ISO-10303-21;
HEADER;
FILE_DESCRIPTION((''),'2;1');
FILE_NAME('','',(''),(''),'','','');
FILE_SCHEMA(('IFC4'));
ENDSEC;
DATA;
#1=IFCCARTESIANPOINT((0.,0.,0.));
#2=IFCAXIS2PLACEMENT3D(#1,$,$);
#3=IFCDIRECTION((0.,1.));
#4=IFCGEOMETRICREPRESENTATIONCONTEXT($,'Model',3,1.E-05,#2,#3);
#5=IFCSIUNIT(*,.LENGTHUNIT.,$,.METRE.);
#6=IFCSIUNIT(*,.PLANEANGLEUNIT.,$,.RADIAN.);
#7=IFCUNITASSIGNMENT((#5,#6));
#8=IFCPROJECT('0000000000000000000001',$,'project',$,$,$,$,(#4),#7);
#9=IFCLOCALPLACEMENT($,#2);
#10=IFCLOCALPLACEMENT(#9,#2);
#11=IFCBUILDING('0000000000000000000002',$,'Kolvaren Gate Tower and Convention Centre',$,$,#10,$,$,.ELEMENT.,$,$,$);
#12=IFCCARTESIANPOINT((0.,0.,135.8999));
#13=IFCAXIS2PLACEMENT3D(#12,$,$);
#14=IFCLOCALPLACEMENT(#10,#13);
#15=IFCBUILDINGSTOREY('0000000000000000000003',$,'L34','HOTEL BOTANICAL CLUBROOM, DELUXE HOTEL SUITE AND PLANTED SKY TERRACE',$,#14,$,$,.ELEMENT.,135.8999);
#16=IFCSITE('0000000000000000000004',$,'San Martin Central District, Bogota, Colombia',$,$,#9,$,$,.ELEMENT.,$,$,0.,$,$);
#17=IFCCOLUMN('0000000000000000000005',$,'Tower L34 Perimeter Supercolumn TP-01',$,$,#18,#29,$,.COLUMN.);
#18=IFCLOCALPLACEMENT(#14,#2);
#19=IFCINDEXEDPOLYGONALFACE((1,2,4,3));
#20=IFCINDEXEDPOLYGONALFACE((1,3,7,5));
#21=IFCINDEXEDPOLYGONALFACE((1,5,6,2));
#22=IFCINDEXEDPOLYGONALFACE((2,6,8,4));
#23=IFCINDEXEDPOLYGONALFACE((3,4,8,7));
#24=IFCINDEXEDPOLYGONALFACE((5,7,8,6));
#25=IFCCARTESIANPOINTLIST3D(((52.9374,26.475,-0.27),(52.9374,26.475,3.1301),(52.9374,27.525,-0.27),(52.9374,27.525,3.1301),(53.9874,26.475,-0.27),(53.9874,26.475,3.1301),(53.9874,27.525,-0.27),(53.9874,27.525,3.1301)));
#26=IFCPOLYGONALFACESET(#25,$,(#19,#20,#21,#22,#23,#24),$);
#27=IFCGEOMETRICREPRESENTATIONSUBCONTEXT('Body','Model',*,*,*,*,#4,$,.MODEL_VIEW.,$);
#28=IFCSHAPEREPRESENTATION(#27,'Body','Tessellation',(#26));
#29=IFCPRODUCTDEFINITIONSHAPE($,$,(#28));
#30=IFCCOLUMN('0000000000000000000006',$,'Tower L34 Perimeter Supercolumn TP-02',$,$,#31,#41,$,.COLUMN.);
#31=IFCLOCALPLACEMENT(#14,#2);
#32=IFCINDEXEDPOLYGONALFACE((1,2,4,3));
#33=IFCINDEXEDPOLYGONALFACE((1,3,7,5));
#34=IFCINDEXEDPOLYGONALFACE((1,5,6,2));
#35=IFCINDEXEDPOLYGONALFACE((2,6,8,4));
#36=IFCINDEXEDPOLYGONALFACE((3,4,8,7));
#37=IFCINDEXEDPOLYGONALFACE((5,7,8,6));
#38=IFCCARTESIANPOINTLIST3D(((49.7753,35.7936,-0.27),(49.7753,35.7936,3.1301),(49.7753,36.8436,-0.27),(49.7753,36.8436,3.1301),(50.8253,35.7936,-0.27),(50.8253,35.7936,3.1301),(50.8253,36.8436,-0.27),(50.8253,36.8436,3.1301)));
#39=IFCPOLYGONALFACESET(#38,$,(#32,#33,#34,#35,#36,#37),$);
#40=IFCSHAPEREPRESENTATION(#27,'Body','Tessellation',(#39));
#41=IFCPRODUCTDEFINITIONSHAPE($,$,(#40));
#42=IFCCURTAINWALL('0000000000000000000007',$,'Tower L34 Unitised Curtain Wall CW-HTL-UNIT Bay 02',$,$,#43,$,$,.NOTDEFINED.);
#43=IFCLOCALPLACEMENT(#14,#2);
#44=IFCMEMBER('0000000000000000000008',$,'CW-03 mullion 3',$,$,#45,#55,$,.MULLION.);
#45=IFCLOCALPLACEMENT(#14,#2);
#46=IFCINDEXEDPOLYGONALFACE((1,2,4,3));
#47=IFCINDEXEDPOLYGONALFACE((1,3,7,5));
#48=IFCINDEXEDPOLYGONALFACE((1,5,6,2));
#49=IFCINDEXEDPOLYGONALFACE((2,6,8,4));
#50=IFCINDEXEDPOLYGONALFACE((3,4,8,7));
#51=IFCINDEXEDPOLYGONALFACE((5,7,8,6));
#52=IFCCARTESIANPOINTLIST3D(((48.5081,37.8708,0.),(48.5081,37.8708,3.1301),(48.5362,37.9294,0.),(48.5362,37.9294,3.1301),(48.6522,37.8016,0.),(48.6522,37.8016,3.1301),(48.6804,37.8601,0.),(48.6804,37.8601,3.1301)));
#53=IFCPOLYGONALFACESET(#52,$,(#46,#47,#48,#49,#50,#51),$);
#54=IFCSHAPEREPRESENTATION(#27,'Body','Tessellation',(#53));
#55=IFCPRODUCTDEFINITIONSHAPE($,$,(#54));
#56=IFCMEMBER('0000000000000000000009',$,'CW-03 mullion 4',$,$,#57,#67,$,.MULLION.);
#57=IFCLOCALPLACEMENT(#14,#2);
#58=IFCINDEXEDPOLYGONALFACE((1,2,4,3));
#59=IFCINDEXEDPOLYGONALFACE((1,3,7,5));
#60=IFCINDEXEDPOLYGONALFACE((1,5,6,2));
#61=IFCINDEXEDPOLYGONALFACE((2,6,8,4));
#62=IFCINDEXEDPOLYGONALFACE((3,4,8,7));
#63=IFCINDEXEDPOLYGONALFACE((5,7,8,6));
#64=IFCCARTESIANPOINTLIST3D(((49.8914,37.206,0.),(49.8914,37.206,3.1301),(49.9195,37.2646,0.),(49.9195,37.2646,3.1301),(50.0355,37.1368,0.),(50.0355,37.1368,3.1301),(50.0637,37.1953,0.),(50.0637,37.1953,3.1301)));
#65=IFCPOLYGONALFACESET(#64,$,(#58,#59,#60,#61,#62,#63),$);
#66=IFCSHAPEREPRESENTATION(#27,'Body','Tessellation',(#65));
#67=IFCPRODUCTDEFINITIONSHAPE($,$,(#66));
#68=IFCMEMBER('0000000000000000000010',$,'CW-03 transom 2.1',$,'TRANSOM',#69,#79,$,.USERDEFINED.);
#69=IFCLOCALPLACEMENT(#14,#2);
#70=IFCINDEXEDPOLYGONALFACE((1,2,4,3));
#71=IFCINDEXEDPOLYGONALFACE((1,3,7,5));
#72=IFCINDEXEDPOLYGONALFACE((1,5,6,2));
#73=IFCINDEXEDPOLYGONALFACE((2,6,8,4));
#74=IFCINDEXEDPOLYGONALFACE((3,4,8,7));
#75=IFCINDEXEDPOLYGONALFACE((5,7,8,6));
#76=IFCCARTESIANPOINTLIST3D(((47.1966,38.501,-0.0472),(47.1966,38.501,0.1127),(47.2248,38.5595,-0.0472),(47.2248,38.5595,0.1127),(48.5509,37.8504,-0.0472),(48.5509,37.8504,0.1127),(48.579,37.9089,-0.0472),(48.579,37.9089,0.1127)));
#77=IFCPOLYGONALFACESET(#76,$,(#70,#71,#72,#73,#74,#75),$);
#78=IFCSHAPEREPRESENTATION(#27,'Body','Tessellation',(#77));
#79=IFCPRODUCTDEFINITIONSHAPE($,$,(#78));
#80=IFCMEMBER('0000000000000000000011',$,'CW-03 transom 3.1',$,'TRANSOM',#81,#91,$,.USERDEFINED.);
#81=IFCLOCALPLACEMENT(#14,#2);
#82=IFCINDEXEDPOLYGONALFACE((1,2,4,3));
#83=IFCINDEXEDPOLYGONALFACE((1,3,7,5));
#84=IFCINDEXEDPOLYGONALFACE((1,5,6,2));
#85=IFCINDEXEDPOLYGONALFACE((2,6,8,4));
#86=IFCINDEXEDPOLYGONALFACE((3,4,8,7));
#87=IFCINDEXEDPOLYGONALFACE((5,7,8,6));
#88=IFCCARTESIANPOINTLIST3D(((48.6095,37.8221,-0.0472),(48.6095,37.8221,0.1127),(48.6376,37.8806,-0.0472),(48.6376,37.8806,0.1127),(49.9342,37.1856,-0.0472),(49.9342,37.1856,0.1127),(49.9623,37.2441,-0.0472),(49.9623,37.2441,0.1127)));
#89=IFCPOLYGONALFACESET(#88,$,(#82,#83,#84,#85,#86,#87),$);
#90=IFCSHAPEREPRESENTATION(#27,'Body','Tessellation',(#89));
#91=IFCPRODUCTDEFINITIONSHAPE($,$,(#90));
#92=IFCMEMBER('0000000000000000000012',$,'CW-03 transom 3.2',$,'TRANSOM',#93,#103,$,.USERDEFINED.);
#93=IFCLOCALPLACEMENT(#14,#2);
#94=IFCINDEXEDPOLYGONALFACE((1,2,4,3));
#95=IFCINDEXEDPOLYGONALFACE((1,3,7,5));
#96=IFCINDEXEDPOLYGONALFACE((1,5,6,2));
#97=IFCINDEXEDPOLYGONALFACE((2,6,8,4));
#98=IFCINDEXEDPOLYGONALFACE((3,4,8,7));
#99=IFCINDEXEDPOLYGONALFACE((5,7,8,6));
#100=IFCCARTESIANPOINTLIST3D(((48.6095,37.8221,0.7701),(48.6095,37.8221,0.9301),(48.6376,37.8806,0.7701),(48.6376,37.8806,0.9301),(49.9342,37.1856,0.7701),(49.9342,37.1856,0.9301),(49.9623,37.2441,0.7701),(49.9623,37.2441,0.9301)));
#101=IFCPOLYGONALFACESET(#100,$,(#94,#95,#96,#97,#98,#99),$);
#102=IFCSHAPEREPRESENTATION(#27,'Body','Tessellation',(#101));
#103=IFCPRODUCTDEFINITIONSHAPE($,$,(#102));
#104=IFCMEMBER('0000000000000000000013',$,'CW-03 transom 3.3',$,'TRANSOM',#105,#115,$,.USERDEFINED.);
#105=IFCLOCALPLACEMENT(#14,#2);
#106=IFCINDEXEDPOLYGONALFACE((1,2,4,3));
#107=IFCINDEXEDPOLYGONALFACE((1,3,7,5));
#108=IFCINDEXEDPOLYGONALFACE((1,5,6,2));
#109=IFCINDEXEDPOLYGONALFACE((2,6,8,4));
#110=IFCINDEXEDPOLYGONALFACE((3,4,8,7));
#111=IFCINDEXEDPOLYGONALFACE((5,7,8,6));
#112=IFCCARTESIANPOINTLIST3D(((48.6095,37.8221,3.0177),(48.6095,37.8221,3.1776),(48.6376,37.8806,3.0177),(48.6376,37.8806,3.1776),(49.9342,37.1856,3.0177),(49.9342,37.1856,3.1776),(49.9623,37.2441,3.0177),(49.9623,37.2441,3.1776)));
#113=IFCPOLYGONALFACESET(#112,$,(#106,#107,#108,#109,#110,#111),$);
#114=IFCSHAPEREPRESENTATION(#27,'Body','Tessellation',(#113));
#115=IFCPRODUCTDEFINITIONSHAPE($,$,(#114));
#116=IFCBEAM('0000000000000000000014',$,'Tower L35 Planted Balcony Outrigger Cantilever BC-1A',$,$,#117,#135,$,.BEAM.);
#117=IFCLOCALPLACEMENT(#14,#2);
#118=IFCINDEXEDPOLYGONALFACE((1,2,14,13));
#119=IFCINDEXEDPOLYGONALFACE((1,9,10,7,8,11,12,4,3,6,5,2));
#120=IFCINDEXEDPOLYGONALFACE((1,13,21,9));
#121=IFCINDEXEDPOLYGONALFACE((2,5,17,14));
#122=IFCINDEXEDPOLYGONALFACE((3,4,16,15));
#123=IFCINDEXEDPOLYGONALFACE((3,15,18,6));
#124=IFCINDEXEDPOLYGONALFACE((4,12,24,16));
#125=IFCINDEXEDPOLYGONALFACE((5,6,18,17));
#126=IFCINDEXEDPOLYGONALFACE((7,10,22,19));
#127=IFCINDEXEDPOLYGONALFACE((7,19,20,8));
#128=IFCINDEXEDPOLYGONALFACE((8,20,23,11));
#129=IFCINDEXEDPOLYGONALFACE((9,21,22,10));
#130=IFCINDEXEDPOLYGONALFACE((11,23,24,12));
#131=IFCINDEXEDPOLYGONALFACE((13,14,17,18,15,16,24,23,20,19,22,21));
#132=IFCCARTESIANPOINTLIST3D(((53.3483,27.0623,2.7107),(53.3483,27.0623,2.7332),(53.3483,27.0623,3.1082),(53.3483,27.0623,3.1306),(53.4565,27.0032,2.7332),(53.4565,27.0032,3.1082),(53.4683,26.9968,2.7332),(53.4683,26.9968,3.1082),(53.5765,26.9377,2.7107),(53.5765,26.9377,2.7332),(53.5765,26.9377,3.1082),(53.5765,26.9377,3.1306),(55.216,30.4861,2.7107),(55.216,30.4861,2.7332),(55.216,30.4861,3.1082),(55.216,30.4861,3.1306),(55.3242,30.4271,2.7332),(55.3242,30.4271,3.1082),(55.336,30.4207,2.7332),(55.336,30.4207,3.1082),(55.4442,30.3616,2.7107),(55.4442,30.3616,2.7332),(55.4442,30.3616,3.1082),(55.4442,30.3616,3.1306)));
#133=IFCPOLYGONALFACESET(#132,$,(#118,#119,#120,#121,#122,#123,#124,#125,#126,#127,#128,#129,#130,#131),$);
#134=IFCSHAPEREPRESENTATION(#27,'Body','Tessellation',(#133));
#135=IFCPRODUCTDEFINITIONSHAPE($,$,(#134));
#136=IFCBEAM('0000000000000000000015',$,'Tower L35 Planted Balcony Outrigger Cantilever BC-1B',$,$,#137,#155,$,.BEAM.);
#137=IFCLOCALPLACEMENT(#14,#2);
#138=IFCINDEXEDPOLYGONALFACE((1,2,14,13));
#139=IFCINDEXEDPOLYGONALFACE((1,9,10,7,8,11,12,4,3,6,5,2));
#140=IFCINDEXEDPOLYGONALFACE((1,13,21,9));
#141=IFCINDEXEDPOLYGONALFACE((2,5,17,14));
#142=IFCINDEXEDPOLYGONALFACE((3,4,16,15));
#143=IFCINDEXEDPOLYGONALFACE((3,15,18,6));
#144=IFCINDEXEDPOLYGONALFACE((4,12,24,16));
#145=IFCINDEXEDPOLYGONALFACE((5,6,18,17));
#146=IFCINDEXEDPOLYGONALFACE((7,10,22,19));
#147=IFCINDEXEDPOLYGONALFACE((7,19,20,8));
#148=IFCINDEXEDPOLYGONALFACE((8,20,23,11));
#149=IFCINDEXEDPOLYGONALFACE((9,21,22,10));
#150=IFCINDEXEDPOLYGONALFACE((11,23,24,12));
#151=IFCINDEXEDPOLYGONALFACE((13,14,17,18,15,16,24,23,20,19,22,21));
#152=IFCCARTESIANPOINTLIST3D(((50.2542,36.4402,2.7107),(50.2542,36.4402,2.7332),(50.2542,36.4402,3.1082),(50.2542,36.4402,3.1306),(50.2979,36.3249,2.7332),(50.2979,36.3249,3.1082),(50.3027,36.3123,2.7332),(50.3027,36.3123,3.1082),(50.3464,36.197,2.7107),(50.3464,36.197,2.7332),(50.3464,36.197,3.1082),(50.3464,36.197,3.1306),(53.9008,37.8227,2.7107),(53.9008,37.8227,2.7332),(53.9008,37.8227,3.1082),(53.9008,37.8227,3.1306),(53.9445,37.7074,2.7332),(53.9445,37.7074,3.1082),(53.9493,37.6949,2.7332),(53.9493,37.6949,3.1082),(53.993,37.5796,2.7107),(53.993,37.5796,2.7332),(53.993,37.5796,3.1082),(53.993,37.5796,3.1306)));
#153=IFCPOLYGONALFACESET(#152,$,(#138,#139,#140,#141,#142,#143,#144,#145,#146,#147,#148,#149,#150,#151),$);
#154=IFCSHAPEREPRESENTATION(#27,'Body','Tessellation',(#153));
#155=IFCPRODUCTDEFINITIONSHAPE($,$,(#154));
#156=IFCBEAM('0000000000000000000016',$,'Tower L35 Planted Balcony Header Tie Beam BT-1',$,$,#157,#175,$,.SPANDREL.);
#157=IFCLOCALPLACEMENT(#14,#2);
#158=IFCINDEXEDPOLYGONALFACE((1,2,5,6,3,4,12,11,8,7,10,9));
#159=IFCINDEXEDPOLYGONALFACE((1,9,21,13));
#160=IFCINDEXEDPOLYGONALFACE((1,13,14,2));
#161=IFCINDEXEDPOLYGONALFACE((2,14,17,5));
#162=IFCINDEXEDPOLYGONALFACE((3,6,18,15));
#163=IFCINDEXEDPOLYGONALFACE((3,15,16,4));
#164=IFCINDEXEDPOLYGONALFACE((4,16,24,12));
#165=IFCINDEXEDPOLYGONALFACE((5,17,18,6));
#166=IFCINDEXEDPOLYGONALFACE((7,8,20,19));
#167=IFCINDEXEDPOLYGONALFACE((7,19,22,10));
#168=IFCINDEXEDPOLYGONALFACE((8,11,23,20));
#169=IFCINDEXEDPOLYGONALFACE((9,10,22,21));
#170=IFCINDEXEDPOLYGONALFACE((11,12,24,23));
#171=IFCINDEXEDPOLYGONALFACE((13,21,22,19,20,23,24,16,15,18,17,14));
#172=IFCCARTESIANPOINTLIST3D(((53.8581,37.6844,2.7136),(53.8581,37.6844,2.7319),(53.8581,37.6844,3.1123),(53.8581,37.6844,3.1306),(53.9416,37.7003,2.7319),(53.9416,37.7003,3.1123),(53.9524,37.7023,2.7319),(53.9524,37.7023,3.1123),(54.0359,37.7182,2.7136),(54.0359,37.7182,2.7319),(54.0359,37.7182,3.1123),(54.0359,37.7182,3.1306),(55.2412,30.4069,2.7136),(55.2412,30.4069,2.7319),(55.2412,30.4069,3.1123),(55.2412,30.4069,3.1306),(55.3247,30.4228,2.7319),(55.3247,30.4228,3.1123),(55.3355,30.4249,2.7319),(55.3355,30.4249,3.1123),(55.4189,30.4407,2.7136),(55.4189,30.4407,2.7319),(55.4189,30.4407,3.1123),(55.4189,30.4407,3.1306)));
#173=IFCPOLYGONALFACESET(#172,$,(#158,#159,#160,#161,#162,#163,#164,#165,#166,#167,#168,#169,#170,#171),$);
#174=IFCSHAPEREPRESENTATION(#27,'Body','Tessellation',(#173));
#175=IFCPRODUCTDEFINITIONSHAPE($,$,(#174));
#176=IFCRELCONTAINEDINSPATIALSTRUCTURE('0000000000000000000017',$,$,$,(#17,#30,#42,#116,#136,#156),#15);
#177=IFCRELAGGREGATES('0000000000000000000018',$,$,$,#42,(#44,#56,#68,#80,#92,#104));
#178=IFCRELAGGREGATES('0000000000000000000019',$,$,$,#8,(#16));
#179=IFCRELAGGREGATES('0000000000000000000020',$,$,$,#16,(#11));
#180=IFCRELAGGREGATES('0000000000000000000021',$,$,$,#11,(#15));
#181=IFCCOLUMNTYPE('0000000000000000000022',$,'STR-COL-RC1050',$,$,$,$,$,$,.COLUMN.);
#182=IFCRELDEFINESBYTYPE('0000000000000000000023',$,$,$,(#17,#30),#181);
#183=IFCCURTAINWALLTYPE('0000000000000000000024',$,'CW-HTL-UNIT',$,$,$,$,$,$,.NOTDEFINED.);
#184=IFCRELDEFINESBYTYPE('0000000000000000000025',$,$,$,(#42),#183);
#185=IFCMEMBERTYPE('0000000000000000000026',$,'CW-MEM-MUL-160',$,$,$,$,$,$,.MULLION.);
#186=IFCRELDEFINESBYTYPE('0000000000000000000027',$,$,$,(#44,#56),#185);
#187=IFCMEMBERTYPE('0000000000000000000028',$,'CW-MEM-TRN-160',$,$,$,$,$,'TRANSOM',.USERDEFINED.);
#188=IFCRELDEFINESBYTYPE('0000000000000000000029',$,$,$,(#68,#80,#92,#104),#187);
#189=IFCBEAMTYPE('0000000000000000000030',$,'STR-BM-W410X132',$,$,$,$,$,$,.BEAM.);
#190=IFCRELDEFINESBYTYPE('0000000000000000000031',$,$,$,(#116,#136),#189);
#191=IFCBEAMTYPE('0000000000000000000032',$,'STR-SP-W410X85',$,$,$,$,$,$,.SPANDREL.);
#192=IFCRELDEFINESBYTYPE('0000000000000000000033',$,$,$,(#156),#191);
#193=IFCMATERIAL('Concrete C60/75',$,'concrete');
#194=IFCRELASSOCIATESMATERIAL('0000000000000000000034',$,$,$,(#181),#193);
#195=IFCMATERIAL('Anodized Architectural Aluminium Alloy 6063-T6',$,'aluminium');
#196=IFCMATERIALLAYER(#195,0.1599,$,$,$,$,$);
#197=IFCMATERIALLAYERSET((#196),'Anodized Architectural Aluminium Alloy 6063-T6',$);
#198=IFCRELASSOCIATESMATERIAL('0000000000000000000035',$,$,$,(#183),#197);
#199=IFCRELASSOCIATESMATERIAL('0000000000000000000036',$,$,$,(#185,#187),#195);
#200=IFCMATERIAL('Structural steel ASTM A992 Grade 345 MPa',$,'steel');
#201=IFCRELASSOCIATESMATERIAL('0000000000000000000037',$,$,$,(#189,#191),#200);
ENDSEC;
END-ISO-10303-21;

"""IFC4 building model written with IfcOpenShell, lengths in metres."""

from ifc_helpers import new_model, si_unit, direction, frame, origin, origin_2d, place, context, subcontext, project, spatial, rectangle, i_section, extrude, material, layer, layer_set, material_profile, profile_set, type_object, element, aggregate, save


model = new_model("IFC4")

# Units and contexts
model_context = context("Model", 3, precision=1e-05, world=origin(), true_north=direction((0.0, 1.0)))
body_context = subcontext(model_context, "Body", "Model", "MODEL_VIEW")
ifc_project = project(units=[si_unit("LENGTHUNIT", "METRE"), si_unit("PLANEANGLEUNIT", "RADIAN")], contexts=[model_context])

# Site, building, storey
site_placement = place(None, origin())
site = spatial("IfcSite", under=ifc_project, at=site_placement, Name="San Martin Central District, Bogota, Colombia", CompositionType="ELEMENT", RefElevation=0.0)
building_placement = place(site_placement, origin())
building = spatial("IfcBuilding", under=site, at=building_placement, Name="Kolvaren Gate Tower and Convention Centre", CompositionType="ELEMENT")
storey_placement = place(building_placement, frame((0.0, 0.0, 135.8999)))
storey = spatial("IfcBuildingStorey", under=building, at=storey_placement, Name="L34", Description="HOTEL BOTANICAL CLUBROOM, DELUXE HOTEL SUITE AND PLANTED SKY TERRACE", CompositionType="ELEMENT", Elevation=135.8999)

# Columns
ifc_material_1 = material(Name="Concrete C60/75", Category="concrete")
ifc_material_profile_1 = material_profile(ifc_material_1, rectangle(XDim=1.05, YDim=1.05, at=origin_2d()), Name="RC-COL-1050X1050")
ifc_profile_set_1 = profile_set([ifc_material_profile_1], Name="Concrete C60/75")
column_type = type_object("IfcColumnType", Name="STR-COL-RC1050", PredefinedType="COLUMN", material=ifc_profile_set_1)
for number, where, z_axis, x_axis, name in (
    (1, (53.4624, 27.0, -0.27), (0.0, 0.0, 1.0), (1.0, 0.0, 0.0), "Tower L34 Perimeter Supercolumn TP-01"),
    (2, (50.3003, 36.3186, -0.27), (0.0, 0.0, 1.0), (1.0, 0.0, 0.0), "Tower L34 Perimeter Supercolumn TP-02"),
):
    element("IfcColumn", number, at=place(storey_placement, frame(where, z_axis=z_axis, x_axis=x_axis)), inside=storey, type_object=column_type, Name=name, PredefinedType="COLUMN", context=body_context, shape_type="SweptSolid", body=[
        extrude(rectangle(XDim=1.05, YDim=1.05, at=origin_2d()), origin(), (0.0, 0.0, 1.0), 3.4001),
    ])

# Curtain wall, members
ifc_material_2 = material(Name="Anodized Architectural Aluminium Alloy 6063-T6", Category="aluminium")
ifc_layer_1 = layer(ifc_material_2, 0.1599)
ifc_layer_set_1 = layer_set([ifc_layer_1], Name="Anodized Architectural Aluminium Alloy 6063-T6")
curtain_wall_type = type_object("IfcCurtainWallType", Name="CW-HTL-UNIT", PredefinedType="NOTDEFINED", material=ifc_layer_set_1)
curtain_wall_placement = place(storey_placement, origin())
curtain_wall = element("IfcCurtainWall", 3, at=curtain_wall_placement, inside=storey, type_object=curtain_wall_type, Name="Tower L34 Unitised Curtain Wall CW-HTL-UNIT Bay 02", PredefinedType="NOTDEFINED")
ifc_material_profile_2 = material_profile(ifc_material_2, rectangle(XDim=0.0649, YDim=0.1599, at=origin_2d()), Name="CW-MEM-MUL-160")
ifc_profile_set_2 = profile_set([ifc_material_profile_2], Name="Anodized Architectural Aluminium Alloy 6063-T6")
member_type_1 = type_object("IfcMemberType", Name="CW-MEM-MUL-160", PredefinedType="MULLION", material=ifc_profile_set_2)
member_1_placement = place(storey_placement, frame((48.5942, 37.8655, 0.0), z_axis=(0.0, 0.0, 1.0), x_axis=(0.433071, 0.90136, 0.0)))
member_1 = element("IfcMember", 4, at=member_1_placement, type_object=member_type_1, Name="CW-03 mullion 3", PredefinedType="MULLION", context=body_context, shape_type="SweptSolid", body=[
    extrude(rectangle(XDim=0.0649, YDim=0.1599, at=origin_2d()), origin(), (0.0, 0.0, 1.0), 3.1301),
])
member_2_placement = place(storey_placement, frame((49.9775, 37.2007, 0.0), z_axis=(0.0, 0.0, 1.0), x_axis=(0.433071, 0.90136, 0.0)))
member_2 = element("IfcMember", 5, at=member_2_placement, type_object=member_type_1, Name="CW-03 mullion 4", PredefinedType="MULLION", context=body_context, shape_type="SweptSolid", body=[
    extrude(rectangle(XDim=0.0649, YDim=0.1599, at=origin_2d()), origin(), (0.0, 0.0, 1.0), 3.1301),
])
ifc_material_profile_3 = material_profile(ifc_material_2, rectangle(XDim=0.0649, YDim=0.1599, at=origin_2d()), Name="CW-MEM-TRN-160")
ifc_profile_set_3 = profile_set([ifc_material_profile_3], Name="Anodized Architectural Aluminium Alloy 6063-T6")
member_type_2 = type_object("IfcMemberType", Name="CW-MEM-TRN-160", ElementType="TRANSOM", PredefinedType="USERDEFINED", material=ifc_profile_set_3)
member_3_placement = place(storey_placement, frame((47.2107, 38.5303, 0.0327), z_axis=(0.901368, -0.433053, 0.0), x_axis=(0.433053, 0.901368, 0.0)))
member_3 = element("IfcMember", 6, at=member_3_placement, type_object=member_type_2, Name="CW-03 transom 2.1", ObjectType="TRANSOM", PredefinedType="USERDEFINED", context=body_context, shape_type="SweptSolid", body=[
    extrude(rectangle(XDim=0.0649, YDim=0.1599, at=origin_2d()), origin(), (0.0, 0.0, 1.0), 1.5024),
])
member_4_placement = place(storey_placement, frame((48.6235, 37.8513, 0.0327), z_axis=(0.90136, -0.433071, 0.0), x_axis=(0.433071, 0.90136, 0.0)))
member_4 = element("IfcMember", 7, at=member_4_placement, type_object=member_type_2, Name="CW-03 transom 3.1", ObjectType="TRANSOM", PredefinedType="USERDEFINED", context=body_context, shape_type="SweptSolid", body=[
    extrude(rectangle(XDim=0.0649, YDim=0.1599, at=origin_2d()), origin(), (0.0, 0.0, 1.0), 1.4697),
])
member_5_placement = place(storey_placement, frame((48.6235, 37.8513, 0.8501), z_axis=(0.90136, -0.433071, 0.0), x_axis=(0.433071, 0.90136, 0.0)))
member_5 = element("IfcMember", 8, at=member_5_placement, type_object=member_type_2, Name="CW-03 transom 3.2", ObjectType="TRANSOM", PredefinedType="USERDEFINED", context=body_context, shape_type="SweptSolid", body=[
    extrude(rectangle(XDim=0.0649, YDim=0.1599, at=origin_2d()), origin(), (0.0, 0.0, 1.0), 1.4697),
])
member_6_placement = place(storey_placement, frame((48.6235, 37.8513, 3.0977), z_axis=(0.90136, -0.433071, 0.0), x_axis=(0.433071, 0.90136, 0.0)))
member_6 = element("IfcMember", 9, at=member_6_placement, type_object=member_type_2, Name="CW-03 transom 3.3", ObjectType="TRANSOM", PredefinedType="USERDEFINED", context=body_context, shape_type="SweptSolid", body=[
    extrude(rectangle(XDim=0.0649, YDim=0.1599, at=origin_2d()), origin(), (0.0, 0.0, 1.0), 1.4697),
])

# Beams
ifc_material_3 = material(Name="Structural steel ASTM A992 Grade 345 MPa", Category="steel")
ifc_material_profile_4 = material_profile(ifc_material_3, i_section(OverallWidth=0.26, OverallDepth=0.4199, WebThickness=0.0134, FlangeThickness=0.0225, at=origin_2d()), Name="W410X132")
ifc_profile_set_4 = profile_set([ifc_material_profile_4], Name="Structural steel ASTM A992 Grade 345 MPa")
beam_type_1 = type_object("IfcBeamType", Name="STR-BM-W410X132", PredefinedType="BEAM", material=ifc_profile_set_4)
beam_1_placement = place(storey_placement, frame((53.4624, 27.0, 2.9207), z_axis=(0.478878, 0.877881, 0.0), x_axis=(-0.877881, 0.478878, 0.0)))
element("IfcBeam", 10, at=beam_1_placement, inside=storey, type_object=beam_type_1, Name="Tower L35 Planted Balcony Outrigger Cantilever BC-1A", PredefinedType="BEAM", context=body_context, shape_type="SweptSolid", body=[
    extrude(i_section(OverallWidth=0.26, OverallDepth=0.4199, WebThickness=0.0134, FlangeThickness=0.0225, at=origin_2d()), origin(), (0.0, 0.0, 1.0), 3.9001),
])
beam_2_placement = place(storey_placement, frame((50.3003, 36.3186, 2.9207), z_axis=(0.935055, 0.354503, 0.0), x_axis=(-0.354503, 0.935055, 0.0)))
element("IfcBeam", 11, at=beam_2_placement, inside=storey, type_object=beam_type_1, Name="Tower L35 Planted Balcony Outrigger Cantilever BC-1B", PredefinedType="BEAM", context=body_context, shape_type="SweptSolid", body=[
    extrude(i_section(OverallWidth=0.26, OverallDepth=0.4199, WebThickness=0.0134, FlangeThickness=0.0225, at=origin_2d()), origin(), (0.0, 0.0, 1.0), 3.8999),
])
ifc_material_profile_5 = material_profile(ifc_material_3, i_section(OverallWidth=0.1809, OverallDepth=0.417, WebThickness=0.011, FlangeThickness=0.0183, at=origin_2d()), Name="W410X85")
ifc_profile_set_5 = profile_set([ifc_material_profile_5], Name="Structural steel ASTM A992 Grade 345 MPa")
beam_type_2 = type_object("IfcBeamType", Name="STR-SP-W410X85", PredefinedType="SPANDREL", material=ifc_profile_set_5)
beam_3_placement = place(storey_placement, frame((55.3301, 30.4238, 2.9221), z_axis=(-0.186708, 0.982416, 0.0), x_axis=(-0.982416, -0.186708, 0.0)))
element("IfcBeam", 12, at=beam_3_placement, inside=storey, type_object=beam_type_2, Name="Tower L35 Planted Balcony Header Tie Beam BT-1", PredefinedType="SPANDREL", context=body_context, shape_type="SweptSolid", body=[
    extrude(i_section(OverallWidth=0.1809, OverallDepth=0.417, WebThickness=0.011, FlangeThickness=0.0183, at=origin_2d()), origin(), (0.0, 0.0, 1.0), 7.4077),
])

aggregate(curtain_wall, [member_1, member_2, member_3, member_4, member_5, member_6])

save(model, "model.ifc")
